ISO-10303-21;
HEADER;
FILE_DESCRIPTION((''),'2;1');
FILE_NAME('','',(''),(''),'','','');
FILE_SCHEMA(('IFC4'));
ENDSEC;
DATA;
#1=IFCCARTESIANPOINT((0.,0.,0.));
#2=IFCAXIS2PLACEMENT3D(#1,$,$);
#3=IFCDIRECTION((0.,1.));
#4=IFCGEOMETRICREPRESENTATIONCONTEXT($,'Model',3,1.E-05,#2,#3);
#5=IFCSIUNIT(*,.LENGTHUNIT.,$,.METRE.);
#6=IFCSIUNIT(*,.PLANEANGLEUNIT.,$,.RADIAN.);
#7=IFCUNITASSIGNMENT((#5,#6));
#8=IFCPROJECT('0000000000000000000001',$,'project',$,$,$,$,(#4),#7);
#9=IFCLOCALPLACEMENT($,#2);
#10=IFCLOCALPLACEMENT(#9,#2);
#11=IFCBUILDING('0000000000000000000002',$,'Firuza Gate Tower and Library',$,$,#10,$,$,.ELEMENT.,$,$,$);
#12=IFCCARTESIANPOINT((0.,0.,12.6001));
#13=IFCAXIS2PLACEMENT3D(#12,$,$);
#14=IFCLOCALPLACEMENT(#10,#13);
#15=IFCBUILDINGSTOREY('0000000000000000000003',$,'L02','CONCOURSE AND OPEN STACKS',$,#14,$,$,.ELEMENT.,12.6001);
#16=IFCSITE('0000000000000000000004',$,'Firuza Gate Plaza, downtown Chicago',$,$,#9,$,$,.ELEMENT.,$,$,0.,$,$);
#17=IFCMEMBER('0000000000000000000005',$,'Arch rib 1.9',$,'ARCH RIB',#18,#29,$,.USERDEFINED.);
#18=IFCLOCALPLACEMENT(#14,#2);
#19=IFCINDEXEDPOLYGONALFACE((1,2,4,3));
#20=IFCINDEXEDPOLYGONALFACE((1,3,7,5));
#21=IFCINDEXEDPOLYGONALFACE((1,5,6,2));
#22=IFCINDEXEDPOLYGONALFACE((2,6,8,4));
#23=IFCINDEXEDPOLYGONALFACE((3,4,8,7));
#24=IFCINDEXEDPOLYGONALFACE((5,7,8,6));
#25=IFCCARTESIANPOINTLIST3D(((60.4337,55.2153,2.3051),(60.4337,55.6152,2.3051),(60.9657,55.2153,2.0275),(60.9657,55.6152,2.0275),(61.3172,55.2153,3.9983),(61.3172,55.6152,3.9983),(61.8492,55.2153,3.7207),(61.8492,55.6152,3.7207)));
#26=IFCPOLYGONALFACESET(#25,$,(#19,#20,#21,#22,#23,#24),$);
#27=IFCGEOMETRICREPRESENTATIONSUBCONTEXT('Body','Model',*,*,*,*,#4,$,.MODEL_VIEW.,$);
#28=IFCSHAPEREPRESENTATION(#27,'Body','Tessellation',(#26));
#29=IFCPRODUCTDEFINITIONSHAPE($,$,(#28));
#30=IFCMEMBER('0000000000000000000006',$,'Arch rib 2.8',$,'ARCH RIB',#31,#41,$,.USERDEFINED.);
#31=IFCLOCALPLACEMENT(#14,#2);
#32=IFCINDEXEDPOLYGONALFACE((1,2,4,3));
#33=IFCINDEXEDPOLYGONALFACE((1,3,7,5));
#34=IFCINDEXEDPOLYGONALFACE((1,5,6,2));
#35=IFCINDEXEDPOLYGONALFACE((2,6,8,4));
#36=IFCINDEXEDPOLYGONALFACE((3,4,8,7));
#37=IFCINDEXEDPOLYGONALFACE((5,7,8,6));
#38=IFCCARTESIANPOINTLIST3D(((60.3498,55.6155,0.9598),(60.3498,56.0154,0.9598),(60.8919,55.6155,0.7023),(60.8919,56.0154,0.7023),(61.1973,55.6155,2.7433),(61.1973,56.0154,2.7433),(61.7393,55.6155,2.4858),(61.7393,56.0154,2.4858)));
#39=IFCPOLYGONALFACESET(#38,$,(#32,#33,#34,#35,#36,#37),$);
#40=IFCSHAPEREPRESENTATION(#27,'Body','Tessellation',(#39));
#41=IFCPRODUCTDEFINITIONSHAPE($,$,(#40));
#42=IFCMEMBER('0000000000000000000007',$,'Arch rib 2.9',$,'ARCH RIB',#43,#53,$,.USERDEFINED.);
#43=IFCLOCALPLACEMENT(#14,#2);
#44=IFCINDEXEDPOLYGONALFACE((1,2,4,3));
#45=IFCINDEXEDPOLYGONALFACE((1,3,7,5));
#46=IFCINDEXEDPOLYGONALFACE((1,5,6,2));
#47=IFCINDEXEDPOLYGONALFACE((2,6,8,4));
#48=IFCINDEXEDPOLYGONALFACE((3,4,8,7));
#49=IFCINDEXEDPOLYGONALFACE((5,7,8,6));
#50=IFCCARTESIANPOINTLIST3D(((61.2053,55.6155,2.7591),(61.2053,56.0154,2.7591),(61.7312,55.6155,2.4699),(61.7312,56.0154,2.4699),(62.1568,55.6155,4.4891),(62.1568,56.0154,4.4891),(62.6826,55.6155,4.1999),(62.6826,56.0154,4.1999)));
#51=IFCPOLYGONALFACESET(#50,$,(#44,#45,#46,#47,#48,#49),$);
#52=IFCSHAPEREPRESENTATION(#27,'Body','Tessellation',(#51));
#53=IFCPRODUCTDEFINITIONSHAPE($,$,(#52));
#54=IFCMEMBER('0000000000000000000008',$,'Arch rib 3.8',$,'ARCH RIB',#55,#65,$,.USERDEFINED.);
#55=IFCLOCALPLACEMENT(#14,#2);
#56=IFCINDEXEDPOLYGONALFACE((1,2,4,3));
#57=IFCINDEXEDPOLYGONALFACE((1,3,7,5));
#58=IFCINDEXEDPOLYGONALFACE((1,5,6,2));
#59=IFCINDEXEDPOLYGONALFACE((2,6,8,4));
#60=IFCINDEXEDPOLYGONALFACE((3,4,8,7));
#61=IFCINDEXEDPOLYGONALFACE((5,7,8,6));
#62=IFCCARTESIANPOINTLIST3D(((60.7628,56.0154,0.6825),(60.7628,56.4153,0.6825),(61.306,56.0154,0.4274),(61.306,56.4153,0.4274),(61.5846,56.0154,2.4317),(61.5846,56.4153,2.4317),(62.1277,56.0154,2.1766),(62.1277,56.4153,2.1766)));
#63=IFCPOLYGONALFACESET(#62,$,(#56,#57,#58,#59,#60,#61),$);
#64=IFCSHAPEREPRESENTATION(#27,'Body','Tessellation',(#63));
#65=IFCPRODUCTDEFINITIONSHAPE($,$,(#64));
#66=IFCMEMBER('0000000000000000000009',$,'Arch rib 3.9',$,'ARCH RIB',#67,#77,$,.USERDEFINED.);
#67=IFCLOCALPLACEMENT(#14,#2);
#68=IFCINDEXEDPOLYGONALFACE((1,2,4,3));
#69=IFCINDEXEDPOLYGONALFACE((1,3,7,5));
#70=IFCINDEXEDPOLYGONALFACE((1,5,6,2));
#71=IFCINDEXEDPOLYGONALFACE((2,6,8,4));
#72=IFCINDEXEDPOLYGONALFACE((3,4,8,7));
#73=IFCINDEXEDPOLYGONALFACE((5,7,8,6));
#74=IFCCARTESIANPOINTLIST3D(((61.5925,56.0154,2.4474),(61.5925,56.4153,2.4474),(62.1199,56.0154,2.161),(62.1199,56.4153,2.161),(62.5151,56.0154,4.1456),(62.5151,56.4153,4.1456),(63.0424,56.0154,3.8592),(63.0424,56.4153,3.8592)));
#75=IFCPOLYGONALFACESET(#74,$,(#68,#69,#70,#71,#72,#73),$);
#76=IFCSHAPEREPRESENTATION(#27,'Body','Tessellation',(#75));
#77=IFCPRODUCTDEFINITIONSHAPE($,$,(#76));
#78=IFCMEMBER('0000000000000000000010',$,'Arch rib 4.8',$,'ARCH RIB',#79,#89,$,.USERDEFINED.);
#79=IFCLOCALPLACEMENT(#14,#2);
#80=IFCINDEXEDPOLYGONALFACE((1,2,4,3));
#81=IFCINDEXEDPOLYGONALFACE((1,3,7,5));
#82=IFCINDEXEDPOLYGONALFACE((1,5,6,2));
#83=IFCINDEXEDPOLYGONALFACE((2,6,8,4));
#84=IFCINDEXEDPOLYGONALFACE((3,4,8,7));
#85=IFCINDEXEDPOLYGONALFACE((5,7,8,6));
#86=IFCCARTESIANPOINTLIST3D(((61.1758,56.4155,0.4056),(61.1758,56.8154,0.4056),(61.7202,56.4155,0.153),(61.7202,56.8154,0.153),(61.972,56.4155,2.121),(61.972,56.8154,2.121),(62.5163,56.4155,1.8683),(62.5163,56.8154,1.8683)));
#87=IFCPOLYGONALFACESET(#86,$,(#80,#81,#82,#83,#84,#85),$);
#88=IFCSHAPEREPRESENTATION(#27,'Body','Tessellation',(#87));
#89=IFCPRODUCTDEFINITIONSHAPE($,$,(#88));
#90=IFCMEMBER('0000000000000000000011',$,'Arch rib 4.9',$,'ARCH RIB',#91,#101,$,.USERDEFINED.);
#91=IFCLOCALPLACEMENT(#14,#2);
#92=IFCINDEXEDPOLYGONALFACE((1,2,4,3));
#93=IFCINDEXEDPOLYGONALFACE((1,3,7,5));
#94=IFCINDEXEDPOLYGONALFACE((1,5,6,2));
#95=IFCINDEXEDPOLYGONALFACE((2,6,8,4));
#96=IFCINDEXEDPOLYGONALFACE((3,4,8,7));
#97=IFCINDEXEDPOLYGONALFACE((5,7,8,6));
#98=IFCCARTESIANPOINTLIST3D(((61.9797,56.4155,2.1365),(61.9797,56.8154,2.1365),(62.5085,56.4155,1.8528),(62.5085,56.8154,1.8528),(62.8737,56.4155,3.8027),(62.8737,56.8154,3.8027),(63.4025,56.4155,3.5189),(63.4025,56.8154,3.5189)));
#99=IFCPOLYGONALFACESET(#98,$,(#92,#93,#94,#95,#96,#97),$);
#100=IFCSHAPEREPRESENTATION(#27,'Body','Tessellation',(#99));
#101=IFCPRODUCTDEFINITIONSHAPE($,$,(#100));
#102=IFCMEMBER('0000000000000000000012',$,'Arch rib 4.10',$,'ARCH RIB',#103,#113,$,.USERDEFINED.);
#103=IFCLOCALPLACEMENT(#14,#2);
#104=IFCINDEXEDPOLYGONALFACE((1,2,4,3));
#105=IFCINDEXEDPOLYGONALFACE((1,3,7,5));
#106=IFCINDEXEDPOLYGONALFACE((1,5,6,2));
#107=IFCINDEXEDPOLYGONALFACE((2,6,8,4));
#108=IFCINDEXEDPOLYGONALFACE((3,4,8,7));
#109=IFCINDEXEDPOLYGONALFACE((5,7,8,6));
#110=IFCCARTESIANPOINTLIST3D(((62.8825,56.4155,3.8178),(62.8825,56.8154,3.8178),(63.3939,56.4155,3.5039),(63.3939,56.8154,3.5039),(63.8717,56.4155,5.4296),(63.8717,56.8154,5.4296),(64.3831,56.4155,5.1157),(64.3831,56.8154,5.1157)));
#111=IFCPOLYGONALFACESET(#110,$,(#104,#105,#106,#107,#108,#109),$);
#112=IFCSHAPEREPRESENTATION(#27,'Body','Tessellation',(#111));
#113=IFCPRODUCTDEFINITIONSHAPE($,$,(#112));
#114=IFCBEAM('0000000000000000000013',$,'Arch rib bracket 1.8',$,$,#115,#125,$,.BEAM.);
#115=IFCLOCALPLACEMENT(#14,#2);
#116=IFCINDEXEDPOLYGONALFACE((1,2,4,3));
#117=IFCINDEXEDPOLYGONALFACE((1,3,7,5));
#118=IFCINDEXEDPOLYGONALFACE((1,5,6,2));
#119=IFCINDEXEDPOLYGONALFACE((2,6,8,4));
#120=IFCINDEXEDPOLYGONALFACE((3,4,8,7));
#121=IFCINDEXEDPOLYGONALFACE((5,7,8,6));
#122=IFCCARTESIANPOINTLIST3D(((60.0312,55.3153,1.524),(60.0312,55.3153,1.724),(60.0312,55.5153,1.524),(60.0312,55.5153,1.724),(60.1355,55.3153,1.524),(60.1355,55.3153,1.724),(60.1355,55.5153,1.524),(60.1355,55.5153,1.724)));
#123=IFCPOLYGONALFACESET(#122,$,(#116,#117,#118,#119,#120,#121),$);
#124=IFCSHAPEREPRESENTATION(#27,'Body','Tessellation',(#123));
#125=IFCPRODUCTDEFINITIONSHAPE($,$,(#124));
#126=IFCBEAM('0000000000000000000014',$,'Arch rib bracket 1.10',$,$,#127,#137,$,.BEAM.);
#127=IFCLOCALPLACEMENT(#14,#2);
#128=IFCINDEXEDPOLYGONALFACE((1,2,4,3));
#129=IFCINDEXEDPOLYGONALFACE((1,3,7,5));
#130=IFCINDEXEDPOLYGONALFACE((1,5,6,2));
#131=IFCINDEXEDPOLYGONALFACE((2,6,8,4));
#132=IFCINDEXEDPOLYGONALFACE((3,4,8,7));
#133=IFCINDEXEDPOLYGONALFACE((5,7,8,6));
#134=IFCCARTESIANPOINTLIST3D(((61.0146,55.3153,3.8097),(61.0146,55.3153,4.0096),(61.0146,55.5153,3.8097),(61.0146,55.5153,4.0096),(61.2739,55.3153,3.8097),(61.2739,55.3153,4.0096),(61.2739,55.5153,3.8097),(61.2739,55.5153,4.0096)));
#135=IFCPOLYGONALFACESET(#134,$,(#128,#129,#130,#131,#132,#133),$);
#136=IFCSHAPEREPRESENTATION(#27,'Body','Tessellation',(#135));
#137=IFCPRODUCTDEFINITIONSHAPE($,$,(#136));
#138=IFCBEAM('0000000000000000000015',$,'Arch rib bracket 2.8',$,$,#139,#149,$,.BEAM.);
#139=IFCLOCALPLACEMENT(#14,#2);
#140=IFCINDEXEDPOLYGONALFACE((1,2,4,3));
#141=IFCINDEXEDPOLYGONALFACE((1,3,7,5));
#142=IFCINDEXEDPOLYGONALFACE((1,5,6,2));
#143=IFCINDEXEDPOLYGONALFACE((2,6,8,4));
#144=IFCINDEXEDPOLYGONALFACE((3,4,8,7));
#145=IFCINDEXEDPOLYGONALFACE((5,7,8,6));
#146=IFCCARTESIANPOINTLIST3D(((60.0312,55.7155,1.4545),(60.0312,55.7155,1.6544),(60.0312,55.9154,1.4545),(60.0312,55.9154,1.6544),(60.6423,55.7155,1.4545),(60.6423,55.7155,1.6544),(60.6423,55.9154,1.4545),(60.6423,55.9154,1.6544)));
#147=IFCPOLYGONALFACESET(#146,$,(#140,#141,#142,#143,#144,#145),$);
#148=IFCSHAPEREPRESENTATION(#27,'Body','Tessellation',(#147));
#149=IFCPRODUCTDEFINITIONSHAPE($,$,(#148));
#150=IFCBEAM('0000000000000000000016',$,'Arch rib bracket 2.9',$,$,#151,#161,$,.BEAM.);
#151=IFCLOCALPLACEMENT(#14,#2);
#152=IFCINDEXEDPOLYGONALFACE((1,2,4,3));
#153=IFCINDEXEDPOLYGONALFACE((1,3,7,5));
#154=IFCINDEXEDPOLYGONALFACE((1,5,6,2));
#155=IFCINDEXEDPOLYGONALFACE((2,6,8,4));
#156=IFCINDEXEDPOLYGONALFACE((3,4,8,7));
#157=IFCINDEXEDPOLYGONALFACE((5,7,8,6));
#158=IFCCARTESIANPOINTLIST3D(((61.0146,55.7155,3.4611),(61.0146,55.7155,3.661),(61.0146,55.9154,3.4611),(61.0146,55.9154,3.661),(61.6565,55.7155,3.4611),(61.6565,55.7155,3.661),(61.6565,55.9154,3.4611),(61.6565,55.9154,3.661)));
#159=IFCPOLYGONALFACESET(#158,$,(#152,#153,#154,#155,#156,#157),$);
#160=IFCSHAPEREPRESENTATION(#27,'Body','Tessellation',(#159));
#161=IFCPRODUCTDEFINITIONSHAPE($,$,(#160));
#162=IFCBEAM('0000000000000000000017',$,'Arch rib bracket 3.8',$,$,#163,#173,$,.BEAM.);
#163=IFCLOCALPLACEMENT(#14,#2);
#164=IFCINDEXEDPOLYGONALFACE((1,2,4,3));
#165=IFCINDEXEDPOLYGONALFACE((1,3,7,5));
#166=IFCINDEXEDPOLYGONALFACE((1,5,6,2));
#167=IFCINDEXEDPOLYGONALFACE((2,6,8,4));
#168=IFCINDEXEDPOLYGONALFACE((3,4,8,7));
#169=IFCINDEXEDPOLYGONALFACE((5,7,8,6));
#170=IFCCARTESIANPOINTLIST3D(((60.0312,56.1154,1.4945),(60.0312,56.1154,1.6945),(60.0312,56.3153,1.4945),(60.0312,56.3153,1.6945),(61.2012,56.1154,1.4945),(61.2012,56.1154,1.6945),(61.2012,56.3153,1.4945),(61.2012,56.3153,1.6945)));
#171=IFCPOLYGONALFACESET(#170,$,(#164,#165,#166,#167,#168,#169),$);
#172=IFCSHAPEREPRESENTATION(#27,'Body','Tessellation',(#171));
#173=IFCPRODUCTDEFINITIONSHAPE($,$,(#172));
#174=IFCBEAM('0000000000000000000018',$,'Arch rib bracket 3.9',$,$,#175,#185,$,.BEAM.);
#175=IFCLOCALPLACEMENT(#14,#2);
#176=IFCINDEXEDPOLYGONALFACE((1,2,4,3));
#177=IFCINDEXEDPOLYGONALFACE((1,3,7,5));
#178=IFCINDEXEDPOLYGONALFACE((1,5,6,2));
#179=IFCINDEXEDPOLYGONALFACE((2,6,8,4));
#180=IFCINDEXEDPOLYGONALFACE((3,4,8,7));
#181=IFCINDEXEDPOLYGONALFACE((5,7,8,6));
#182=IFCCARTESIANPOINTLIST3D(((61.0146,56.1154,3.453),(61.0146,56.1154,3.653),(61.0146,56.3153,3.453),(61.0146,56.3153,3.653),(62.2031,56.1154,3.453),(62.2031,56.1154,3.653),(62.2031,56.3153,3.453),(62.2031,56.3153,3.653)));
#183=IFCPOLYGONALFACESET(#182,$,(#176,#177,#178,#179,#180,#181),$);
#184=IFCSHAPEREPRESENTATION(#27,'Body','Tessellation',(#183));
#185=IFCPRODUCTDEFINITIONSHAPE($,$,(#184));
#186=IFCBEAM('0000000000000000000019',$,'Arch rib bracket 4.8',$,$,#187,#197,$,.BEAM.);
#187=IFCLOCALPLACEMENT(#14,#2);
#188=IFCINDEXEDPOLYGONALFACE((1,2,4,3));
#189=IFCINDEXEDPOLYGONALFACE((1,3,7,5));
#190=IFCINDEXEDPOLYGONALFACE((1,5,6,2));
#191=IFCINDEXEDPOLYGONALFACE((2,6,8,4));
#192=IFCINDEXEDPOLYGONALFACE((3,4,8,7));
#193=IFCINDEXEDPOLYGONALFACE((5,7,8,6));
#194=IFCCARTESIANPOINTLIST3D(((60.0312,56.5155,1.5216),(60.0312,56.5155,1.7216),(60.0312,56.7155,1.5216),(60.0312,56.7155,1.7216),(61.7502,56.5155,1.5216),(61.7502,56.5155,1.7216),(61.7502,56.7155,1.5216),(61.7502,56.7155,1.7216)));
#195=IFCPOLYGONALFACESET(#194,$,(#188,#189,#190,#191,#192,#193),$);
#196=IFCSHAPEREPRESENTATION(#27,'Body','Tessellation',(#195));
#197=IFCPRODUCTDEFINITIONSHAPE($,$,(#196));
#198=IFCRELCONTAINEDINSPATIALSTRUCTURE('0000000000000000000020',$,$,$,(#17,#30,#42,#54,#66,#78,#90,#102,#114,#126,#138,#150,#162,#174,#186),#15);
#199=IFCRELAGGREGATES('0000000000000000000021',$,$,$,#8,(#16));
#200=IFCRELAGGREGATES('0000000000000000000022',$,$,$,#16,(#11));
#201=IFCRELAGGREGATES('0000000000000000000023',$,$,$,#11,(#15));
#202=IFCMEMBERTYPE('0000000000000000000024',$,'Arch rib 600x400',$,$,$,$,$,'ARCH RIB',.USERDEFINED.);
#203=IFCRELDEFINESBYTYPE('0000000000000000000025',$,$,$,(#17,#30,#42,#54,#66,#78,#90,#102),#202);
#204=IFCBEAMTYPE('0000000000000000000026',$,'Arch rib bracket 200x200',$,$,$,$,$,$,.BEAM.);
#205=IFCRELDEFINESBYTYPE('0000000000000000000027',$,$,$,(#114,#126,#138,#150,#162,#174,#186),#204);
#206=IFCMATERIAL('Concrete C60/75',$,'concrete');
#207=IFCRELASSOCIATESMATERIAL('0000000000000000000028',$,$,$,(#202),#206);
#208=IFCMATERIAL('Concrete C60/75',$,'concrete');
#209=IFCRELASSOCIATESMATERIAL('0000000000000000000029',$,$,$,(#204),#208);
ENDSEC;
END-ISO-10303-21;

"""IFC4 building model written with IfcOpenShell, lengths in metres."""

from ifc_helpers import new_model, si_unit, direction, frame, origin, origin_2d, place, context, subcontext, project, spatial, rectangle, extrude, material, material_profile, profile_set, type_object, element, save


model = new_model("IFC4")

# Units and contexts
model_context = context("Model", 3, precision=1e-05, world=origin(), true_north=direction((0.0, 1.0)))
body_context = subcontext(model_context, "Body", "Model", "MODEL_VIEW")
ifc_project = project(units=[si_unit("LENGTHUNIT", "METRE"), si_unit("PLANEANGLEUNIT", "RADIAN")], contexts=[model_context])

# Site, building, storey
site_placement = place(None, origin())
site = spatial("IfcSite", under=ifc_project, at=site_placement, Name="Firuza Gate Plaza, downtown Chicago", CompositionType="ELEMENT", RefElevation=0.0)
building_placement = place(site_placement, origin())
building = spatial("IfcBuilding", under=site, at=building_placement, Name="Firuza Gate Tower and Library", CompositionType="ELEMENT")
storey_placement = place(building_placement, frame((0.0, 0.0, 12.6001)))
storey = spatial("IfcBuildingStorey", under=building, at=storey_placement, Name="L02", Description="CONCOURSE AND OPEN STACKS", CompositionType="ELEMENT", Elevation=12.6001)

# Members
ifc_material_1 = material(Name="Concrete C60/75", Category="concrete")
ifc_material_profile_1 = material_profile(ifc_material_1, rectangle(XDim=0.3999, YDim=0.6001, at=origin_2d()))
ifc_profile_set_1 = profile_set([ifc_material_profile_1], Name="Concrete C60/75")
member_type = type_object("IfcMemberType", Name="Arch rib 600x400", ElementType="ARCH RIB", PredefinedType="USERDEFINED", material=ifc_profile_set_1)
member_1_placement = place(storey_placement, frame((60.6997, 55.4153, 2.1663), z_axis=(0.462588, 0.0, 0.886573), x_axis=(0.0, 1.0, 0.0)))
element("IfcMember", 1, at=member_1_placement, inside=storey, type_object=member_type, Name="Arch rib 1.9", ObjectType="ARCH RIB", PredefinedType="USERDEFINED", context=body_context, shape_type="SweptSolid", body=[
    extrude(rectangle(XDim=0.3999, YDim=0.6001, at=origin_2d()), origin(), (0.0, 0.0, 1.0), 1.9099),
])
member_2_placement = place(storey_placement, frame((60.6208, 55.8154, 0.8311), z_axis=(0.42917, 0.0, 0.903224), x_axis=(0.0, 1.0, 0.0)))
element("IfcMember", 2, at=member_2_placement, inside=storey, type_object=member_type, Name="Arch rib 2.8", ObjectType="ARCH RIB", PredefinedType="USERDEFINED", context=body_context, shape_type="SweptSolid", body=[
    extrude(rectangle(XDim=0.3999, YDim=0.6001, at=origin_2d()), origin(), (0.0, 0.0, 1.0), 1.9746),
])
member_3_placement = place(storey_placement, frame((61.4683, 55.8154, 2.6145), z_axis=(0.48189, 0.0, 0.876232), x_axis=(0.0, 1.0, 0.0)))
element("IfcMember", 3, at=member_3_placement, inside=storey, type_object=member_type, Name="Arch rib 2.9", ObjectType="ARCH RIB", PredefinedType="USERDEFINED", context=body_context, shape_type="SweptSolid", body=[
    extrude(rectangle(XDim=0.3999, YDim=0.6001, at=origin_2d()), origin(), (0.0, 0.0, 1.0), 1.9744),
])
for number, where, z_axis, x_axis, name in (
    (4, (61.0344, 56.2153, 0.5549), (0.425201, 0.0, 0.905099), (0.0, 1.0, 0.0), "Arch rib 3.8"),
    (5, (61.8562, 56.2153, 2.3042), (0.477373, 0.0, 0.878701), (0.0, 1.0, 0.0), "Arch rib 3.9"),
):
    element("IfcMember", number, at=place(storey_placement, frame(where, z_axis=z_axis, x_axis=x_axis)), inside=storey, type_object=member_type, Name=name, ObjectType="ARCH RIB", PredefinedType="USERDEFINED", context=body_context, shape_type="SweptSolid", body=[
        extrude(rectangle(XDim=0.3999, YDim=0.6001, at=origin_2d()), origin(), (0.0, 0.0, 1.0), 1.9326),
    ])
member_4_placement = place(storey_placement, frame((61.448, 56.6155, 0.2793), z_axis=(0.420998, 0.0, 0.907062), x_axis=(0.0, 1.0, 0.0)))
element("IfcMember", 6, at=member_4_placement, inside=storey, type_object=member_type, Name="Arch rib 4.8", ObjectType="ARCH RIB", PredefinedType="USERDEFINED", context=body_context, shape_type="SweptSolid", body=[
    extrude(rectangle(XDim=0.3999, YDim=0.6001, at=origin_2d()), origin(), (0.0, 0.0, 1.0), 1.8911),
])
member_5_placement = place(storey_placement, frame((62.2441, 56.6155, 1.9946), z_axis=(0.472798, 0.0, 0.881171), x_axis=(0.0, 1.0, 0.0)))
element("IfcMember", 7, at=member_5_placement, inside=storey, type_object=member_type, Name="Arch rib 4.9", ObjectType="ARCH RIB", PredefinedType="USERDEFINED", context=body_context, shape_type="SweptSolid", body=[
    extrude(rectangle(XDim=0.3999, YDim=0.6001, at=origin_2d()), origin(), (0.0, 0.0, 1.0), 1.8909),
])
member_6_placement = place(storey_placement, frame((63.1382, 56.6155, 3.6609), z_axis=(0.523089, 0.0, 0.852278), x_axis=(0.0, 1.0, 0.0)))
element("IfcMember", 8, at=member_6_placement, inside=storey, type_object=member_type, Name="Arch rib 4.10", ObjectType="ARCH RIB", PredefinedType="USERDEFINED", context=body_context, shape_type="SweptSolid", body=[
    extrude(rectangle(XDim=0.3999, YDim=0.6001, at=origin_2d()), origin(), (0.0, 0.0, 1.0), 1.8911),
])

# Beams
ifc_material_2 = material(Name="Concrete C60/75", Category="concrete")
ifc_material_profile_2 = material_profile(ifc_material_2, rectangle(XDim=0.2, YDim=0.2, at=origin_2d()))
ifc_profile_set_2 = profile_set([ifc_material_profile_2], Name="Concrete C60/75")
beam_type = type_object("IfcBeamType", Name="Arch rib bracket 200x200", PredefinedType="BEAM", material=ifc_profile_set_2)
beam_1_placement = place(storey_placement, frame((60.0312, 55.4153, 1.624), z_axis=(1.0, 0.0, 0.0), x_axis=(0.0, 1.0, 0.0)))
element("IfcBeam", 9, at=beam_1_placement, inside=storey, type_object=beam_type, Name="Arch rib bracket 1.8", PredefinedType="BEAM", context=body_context, shape_type="SweptSolid", body=[
    extrude(rectangle(XDim=0.2, YDim=0.2, at=origin_2d()), origin(), (0.0, 0.0, 1.0), 0.1042),
])
beam_2_placement = place(storey_placement, frame((61.0146, 55.4153, 3.9097), z_axis=(1.0, 0.0, 0.0), x_axis=(0.0, 1.0, 0.0)))
element("IfcBeam", 10, at=beam_2_placement, inside=storey, type_object=beam_type, Name="Arch rib bracket 1.10", PredefinedType="BEAM", context=body_context, shape_type="SweptSolid", body=[
    extrude(rectangle(XDim=0.2, YDim=0.2, at=origin_2d()), origin(), (0.0, 0.0, 1.0), 0.2593),
])
beam_3_placement = place(storey_placement, frame((60.0312, 55.8154, 1.5544), z_axis=(1.0, 0.0, 0.0), x_axis=(0.0, 1.0, 0.0)))
element("IfcBeam", 11, at=beam_3_placement, inside=storey, type_object=beam_type, Name="Arch rib bracket 2.8", PredefinedType="BEAM", context=body_context, shape_type="SweptSolid", body=[
    extrude(rectangle(XDim=0.2, YDim=0.2, at=origin_2d()), origin(), (0.0, 0.0, 1.0), 0.6111),
])
beam_4_placement = place(storey_placement, frame((61.0146, 55.8154, 3.561), z_axis=(1.0, 0.0, 0.0), x_axis=(0.0, 1.0, 0.0)))
element("IfcBeam", 12, at=beam_4_placement, inside=storey, type_object=beam_type, Name="Arch rib bracket 2.9", PredefinedType="BEAM", context=body_context, shape_type="SweptSolid", body=[
    extrude(rectangle(XDim=0.2, YDim=0.2, at=origin_2d()), origin(), (0.0, 0.0, 1.0), 0.6418),
])
beam_5_placement = place(storey_placement, frame((60.0312, 56.2153, 1.5945), z_axis=(1.0, 0.0, 0.0), x_axis=(0.0, 1.0, 0.0)))
element("IfcBeam", 13, at=beam_5_placement, inside=storey, type_object=beam_type, Name="Arch rib bracket 3.8", PredefinedType="BEAM", context=body_context, shape_type="SweptSolid", body=[
    extrude(rectangle(XDim=0.2, YDim=0.2, at=origin_2d()), origin(), (0.0, 0.0, 1.0), 1.1699),
])
beam_6_placement = place(storey_placement, frame((61.0146, 56.2153, 3.553), z_axis=(1.0, 0.0, 0.0), x_axis=(0.0, 1.0, 0.0)))
element("IfcBeam", 14, at=beam_6_placement, inside=storey, type_object=beam_type, Name="Arch rib bracket 3.9", PredefinedType="BEAM", context=body_context, shape_type="SweptSolid", body=[
    extrude(rectangle(XDim=0.2, YDim=0.2, at=origin_2d()), origin(), (0.0, 0.0, 1.0), 1.1885),
])
beam_7_placement = place(storey_placement, frame((60.0312, 56.6155, 1.6216), z_axis=(1.0, 0.0, 0.0), x_axis=(0.0, 1.0, 0.0)))
element("IfcBeam", 15, at=beam_7_placement, inside=storey, type_object=beam_type, Name="Arch rib bracket 4.8", PredefinedType="BEAM", context=body_context, shape_type="SweptSolid", body=[
    extrude(rectangle(XDim=0.2, YDim=0.2, at=origin_2d()), origin(), (0.0, 0.0, 1.0), 1.719),
])

save(model, "model.ifc")
